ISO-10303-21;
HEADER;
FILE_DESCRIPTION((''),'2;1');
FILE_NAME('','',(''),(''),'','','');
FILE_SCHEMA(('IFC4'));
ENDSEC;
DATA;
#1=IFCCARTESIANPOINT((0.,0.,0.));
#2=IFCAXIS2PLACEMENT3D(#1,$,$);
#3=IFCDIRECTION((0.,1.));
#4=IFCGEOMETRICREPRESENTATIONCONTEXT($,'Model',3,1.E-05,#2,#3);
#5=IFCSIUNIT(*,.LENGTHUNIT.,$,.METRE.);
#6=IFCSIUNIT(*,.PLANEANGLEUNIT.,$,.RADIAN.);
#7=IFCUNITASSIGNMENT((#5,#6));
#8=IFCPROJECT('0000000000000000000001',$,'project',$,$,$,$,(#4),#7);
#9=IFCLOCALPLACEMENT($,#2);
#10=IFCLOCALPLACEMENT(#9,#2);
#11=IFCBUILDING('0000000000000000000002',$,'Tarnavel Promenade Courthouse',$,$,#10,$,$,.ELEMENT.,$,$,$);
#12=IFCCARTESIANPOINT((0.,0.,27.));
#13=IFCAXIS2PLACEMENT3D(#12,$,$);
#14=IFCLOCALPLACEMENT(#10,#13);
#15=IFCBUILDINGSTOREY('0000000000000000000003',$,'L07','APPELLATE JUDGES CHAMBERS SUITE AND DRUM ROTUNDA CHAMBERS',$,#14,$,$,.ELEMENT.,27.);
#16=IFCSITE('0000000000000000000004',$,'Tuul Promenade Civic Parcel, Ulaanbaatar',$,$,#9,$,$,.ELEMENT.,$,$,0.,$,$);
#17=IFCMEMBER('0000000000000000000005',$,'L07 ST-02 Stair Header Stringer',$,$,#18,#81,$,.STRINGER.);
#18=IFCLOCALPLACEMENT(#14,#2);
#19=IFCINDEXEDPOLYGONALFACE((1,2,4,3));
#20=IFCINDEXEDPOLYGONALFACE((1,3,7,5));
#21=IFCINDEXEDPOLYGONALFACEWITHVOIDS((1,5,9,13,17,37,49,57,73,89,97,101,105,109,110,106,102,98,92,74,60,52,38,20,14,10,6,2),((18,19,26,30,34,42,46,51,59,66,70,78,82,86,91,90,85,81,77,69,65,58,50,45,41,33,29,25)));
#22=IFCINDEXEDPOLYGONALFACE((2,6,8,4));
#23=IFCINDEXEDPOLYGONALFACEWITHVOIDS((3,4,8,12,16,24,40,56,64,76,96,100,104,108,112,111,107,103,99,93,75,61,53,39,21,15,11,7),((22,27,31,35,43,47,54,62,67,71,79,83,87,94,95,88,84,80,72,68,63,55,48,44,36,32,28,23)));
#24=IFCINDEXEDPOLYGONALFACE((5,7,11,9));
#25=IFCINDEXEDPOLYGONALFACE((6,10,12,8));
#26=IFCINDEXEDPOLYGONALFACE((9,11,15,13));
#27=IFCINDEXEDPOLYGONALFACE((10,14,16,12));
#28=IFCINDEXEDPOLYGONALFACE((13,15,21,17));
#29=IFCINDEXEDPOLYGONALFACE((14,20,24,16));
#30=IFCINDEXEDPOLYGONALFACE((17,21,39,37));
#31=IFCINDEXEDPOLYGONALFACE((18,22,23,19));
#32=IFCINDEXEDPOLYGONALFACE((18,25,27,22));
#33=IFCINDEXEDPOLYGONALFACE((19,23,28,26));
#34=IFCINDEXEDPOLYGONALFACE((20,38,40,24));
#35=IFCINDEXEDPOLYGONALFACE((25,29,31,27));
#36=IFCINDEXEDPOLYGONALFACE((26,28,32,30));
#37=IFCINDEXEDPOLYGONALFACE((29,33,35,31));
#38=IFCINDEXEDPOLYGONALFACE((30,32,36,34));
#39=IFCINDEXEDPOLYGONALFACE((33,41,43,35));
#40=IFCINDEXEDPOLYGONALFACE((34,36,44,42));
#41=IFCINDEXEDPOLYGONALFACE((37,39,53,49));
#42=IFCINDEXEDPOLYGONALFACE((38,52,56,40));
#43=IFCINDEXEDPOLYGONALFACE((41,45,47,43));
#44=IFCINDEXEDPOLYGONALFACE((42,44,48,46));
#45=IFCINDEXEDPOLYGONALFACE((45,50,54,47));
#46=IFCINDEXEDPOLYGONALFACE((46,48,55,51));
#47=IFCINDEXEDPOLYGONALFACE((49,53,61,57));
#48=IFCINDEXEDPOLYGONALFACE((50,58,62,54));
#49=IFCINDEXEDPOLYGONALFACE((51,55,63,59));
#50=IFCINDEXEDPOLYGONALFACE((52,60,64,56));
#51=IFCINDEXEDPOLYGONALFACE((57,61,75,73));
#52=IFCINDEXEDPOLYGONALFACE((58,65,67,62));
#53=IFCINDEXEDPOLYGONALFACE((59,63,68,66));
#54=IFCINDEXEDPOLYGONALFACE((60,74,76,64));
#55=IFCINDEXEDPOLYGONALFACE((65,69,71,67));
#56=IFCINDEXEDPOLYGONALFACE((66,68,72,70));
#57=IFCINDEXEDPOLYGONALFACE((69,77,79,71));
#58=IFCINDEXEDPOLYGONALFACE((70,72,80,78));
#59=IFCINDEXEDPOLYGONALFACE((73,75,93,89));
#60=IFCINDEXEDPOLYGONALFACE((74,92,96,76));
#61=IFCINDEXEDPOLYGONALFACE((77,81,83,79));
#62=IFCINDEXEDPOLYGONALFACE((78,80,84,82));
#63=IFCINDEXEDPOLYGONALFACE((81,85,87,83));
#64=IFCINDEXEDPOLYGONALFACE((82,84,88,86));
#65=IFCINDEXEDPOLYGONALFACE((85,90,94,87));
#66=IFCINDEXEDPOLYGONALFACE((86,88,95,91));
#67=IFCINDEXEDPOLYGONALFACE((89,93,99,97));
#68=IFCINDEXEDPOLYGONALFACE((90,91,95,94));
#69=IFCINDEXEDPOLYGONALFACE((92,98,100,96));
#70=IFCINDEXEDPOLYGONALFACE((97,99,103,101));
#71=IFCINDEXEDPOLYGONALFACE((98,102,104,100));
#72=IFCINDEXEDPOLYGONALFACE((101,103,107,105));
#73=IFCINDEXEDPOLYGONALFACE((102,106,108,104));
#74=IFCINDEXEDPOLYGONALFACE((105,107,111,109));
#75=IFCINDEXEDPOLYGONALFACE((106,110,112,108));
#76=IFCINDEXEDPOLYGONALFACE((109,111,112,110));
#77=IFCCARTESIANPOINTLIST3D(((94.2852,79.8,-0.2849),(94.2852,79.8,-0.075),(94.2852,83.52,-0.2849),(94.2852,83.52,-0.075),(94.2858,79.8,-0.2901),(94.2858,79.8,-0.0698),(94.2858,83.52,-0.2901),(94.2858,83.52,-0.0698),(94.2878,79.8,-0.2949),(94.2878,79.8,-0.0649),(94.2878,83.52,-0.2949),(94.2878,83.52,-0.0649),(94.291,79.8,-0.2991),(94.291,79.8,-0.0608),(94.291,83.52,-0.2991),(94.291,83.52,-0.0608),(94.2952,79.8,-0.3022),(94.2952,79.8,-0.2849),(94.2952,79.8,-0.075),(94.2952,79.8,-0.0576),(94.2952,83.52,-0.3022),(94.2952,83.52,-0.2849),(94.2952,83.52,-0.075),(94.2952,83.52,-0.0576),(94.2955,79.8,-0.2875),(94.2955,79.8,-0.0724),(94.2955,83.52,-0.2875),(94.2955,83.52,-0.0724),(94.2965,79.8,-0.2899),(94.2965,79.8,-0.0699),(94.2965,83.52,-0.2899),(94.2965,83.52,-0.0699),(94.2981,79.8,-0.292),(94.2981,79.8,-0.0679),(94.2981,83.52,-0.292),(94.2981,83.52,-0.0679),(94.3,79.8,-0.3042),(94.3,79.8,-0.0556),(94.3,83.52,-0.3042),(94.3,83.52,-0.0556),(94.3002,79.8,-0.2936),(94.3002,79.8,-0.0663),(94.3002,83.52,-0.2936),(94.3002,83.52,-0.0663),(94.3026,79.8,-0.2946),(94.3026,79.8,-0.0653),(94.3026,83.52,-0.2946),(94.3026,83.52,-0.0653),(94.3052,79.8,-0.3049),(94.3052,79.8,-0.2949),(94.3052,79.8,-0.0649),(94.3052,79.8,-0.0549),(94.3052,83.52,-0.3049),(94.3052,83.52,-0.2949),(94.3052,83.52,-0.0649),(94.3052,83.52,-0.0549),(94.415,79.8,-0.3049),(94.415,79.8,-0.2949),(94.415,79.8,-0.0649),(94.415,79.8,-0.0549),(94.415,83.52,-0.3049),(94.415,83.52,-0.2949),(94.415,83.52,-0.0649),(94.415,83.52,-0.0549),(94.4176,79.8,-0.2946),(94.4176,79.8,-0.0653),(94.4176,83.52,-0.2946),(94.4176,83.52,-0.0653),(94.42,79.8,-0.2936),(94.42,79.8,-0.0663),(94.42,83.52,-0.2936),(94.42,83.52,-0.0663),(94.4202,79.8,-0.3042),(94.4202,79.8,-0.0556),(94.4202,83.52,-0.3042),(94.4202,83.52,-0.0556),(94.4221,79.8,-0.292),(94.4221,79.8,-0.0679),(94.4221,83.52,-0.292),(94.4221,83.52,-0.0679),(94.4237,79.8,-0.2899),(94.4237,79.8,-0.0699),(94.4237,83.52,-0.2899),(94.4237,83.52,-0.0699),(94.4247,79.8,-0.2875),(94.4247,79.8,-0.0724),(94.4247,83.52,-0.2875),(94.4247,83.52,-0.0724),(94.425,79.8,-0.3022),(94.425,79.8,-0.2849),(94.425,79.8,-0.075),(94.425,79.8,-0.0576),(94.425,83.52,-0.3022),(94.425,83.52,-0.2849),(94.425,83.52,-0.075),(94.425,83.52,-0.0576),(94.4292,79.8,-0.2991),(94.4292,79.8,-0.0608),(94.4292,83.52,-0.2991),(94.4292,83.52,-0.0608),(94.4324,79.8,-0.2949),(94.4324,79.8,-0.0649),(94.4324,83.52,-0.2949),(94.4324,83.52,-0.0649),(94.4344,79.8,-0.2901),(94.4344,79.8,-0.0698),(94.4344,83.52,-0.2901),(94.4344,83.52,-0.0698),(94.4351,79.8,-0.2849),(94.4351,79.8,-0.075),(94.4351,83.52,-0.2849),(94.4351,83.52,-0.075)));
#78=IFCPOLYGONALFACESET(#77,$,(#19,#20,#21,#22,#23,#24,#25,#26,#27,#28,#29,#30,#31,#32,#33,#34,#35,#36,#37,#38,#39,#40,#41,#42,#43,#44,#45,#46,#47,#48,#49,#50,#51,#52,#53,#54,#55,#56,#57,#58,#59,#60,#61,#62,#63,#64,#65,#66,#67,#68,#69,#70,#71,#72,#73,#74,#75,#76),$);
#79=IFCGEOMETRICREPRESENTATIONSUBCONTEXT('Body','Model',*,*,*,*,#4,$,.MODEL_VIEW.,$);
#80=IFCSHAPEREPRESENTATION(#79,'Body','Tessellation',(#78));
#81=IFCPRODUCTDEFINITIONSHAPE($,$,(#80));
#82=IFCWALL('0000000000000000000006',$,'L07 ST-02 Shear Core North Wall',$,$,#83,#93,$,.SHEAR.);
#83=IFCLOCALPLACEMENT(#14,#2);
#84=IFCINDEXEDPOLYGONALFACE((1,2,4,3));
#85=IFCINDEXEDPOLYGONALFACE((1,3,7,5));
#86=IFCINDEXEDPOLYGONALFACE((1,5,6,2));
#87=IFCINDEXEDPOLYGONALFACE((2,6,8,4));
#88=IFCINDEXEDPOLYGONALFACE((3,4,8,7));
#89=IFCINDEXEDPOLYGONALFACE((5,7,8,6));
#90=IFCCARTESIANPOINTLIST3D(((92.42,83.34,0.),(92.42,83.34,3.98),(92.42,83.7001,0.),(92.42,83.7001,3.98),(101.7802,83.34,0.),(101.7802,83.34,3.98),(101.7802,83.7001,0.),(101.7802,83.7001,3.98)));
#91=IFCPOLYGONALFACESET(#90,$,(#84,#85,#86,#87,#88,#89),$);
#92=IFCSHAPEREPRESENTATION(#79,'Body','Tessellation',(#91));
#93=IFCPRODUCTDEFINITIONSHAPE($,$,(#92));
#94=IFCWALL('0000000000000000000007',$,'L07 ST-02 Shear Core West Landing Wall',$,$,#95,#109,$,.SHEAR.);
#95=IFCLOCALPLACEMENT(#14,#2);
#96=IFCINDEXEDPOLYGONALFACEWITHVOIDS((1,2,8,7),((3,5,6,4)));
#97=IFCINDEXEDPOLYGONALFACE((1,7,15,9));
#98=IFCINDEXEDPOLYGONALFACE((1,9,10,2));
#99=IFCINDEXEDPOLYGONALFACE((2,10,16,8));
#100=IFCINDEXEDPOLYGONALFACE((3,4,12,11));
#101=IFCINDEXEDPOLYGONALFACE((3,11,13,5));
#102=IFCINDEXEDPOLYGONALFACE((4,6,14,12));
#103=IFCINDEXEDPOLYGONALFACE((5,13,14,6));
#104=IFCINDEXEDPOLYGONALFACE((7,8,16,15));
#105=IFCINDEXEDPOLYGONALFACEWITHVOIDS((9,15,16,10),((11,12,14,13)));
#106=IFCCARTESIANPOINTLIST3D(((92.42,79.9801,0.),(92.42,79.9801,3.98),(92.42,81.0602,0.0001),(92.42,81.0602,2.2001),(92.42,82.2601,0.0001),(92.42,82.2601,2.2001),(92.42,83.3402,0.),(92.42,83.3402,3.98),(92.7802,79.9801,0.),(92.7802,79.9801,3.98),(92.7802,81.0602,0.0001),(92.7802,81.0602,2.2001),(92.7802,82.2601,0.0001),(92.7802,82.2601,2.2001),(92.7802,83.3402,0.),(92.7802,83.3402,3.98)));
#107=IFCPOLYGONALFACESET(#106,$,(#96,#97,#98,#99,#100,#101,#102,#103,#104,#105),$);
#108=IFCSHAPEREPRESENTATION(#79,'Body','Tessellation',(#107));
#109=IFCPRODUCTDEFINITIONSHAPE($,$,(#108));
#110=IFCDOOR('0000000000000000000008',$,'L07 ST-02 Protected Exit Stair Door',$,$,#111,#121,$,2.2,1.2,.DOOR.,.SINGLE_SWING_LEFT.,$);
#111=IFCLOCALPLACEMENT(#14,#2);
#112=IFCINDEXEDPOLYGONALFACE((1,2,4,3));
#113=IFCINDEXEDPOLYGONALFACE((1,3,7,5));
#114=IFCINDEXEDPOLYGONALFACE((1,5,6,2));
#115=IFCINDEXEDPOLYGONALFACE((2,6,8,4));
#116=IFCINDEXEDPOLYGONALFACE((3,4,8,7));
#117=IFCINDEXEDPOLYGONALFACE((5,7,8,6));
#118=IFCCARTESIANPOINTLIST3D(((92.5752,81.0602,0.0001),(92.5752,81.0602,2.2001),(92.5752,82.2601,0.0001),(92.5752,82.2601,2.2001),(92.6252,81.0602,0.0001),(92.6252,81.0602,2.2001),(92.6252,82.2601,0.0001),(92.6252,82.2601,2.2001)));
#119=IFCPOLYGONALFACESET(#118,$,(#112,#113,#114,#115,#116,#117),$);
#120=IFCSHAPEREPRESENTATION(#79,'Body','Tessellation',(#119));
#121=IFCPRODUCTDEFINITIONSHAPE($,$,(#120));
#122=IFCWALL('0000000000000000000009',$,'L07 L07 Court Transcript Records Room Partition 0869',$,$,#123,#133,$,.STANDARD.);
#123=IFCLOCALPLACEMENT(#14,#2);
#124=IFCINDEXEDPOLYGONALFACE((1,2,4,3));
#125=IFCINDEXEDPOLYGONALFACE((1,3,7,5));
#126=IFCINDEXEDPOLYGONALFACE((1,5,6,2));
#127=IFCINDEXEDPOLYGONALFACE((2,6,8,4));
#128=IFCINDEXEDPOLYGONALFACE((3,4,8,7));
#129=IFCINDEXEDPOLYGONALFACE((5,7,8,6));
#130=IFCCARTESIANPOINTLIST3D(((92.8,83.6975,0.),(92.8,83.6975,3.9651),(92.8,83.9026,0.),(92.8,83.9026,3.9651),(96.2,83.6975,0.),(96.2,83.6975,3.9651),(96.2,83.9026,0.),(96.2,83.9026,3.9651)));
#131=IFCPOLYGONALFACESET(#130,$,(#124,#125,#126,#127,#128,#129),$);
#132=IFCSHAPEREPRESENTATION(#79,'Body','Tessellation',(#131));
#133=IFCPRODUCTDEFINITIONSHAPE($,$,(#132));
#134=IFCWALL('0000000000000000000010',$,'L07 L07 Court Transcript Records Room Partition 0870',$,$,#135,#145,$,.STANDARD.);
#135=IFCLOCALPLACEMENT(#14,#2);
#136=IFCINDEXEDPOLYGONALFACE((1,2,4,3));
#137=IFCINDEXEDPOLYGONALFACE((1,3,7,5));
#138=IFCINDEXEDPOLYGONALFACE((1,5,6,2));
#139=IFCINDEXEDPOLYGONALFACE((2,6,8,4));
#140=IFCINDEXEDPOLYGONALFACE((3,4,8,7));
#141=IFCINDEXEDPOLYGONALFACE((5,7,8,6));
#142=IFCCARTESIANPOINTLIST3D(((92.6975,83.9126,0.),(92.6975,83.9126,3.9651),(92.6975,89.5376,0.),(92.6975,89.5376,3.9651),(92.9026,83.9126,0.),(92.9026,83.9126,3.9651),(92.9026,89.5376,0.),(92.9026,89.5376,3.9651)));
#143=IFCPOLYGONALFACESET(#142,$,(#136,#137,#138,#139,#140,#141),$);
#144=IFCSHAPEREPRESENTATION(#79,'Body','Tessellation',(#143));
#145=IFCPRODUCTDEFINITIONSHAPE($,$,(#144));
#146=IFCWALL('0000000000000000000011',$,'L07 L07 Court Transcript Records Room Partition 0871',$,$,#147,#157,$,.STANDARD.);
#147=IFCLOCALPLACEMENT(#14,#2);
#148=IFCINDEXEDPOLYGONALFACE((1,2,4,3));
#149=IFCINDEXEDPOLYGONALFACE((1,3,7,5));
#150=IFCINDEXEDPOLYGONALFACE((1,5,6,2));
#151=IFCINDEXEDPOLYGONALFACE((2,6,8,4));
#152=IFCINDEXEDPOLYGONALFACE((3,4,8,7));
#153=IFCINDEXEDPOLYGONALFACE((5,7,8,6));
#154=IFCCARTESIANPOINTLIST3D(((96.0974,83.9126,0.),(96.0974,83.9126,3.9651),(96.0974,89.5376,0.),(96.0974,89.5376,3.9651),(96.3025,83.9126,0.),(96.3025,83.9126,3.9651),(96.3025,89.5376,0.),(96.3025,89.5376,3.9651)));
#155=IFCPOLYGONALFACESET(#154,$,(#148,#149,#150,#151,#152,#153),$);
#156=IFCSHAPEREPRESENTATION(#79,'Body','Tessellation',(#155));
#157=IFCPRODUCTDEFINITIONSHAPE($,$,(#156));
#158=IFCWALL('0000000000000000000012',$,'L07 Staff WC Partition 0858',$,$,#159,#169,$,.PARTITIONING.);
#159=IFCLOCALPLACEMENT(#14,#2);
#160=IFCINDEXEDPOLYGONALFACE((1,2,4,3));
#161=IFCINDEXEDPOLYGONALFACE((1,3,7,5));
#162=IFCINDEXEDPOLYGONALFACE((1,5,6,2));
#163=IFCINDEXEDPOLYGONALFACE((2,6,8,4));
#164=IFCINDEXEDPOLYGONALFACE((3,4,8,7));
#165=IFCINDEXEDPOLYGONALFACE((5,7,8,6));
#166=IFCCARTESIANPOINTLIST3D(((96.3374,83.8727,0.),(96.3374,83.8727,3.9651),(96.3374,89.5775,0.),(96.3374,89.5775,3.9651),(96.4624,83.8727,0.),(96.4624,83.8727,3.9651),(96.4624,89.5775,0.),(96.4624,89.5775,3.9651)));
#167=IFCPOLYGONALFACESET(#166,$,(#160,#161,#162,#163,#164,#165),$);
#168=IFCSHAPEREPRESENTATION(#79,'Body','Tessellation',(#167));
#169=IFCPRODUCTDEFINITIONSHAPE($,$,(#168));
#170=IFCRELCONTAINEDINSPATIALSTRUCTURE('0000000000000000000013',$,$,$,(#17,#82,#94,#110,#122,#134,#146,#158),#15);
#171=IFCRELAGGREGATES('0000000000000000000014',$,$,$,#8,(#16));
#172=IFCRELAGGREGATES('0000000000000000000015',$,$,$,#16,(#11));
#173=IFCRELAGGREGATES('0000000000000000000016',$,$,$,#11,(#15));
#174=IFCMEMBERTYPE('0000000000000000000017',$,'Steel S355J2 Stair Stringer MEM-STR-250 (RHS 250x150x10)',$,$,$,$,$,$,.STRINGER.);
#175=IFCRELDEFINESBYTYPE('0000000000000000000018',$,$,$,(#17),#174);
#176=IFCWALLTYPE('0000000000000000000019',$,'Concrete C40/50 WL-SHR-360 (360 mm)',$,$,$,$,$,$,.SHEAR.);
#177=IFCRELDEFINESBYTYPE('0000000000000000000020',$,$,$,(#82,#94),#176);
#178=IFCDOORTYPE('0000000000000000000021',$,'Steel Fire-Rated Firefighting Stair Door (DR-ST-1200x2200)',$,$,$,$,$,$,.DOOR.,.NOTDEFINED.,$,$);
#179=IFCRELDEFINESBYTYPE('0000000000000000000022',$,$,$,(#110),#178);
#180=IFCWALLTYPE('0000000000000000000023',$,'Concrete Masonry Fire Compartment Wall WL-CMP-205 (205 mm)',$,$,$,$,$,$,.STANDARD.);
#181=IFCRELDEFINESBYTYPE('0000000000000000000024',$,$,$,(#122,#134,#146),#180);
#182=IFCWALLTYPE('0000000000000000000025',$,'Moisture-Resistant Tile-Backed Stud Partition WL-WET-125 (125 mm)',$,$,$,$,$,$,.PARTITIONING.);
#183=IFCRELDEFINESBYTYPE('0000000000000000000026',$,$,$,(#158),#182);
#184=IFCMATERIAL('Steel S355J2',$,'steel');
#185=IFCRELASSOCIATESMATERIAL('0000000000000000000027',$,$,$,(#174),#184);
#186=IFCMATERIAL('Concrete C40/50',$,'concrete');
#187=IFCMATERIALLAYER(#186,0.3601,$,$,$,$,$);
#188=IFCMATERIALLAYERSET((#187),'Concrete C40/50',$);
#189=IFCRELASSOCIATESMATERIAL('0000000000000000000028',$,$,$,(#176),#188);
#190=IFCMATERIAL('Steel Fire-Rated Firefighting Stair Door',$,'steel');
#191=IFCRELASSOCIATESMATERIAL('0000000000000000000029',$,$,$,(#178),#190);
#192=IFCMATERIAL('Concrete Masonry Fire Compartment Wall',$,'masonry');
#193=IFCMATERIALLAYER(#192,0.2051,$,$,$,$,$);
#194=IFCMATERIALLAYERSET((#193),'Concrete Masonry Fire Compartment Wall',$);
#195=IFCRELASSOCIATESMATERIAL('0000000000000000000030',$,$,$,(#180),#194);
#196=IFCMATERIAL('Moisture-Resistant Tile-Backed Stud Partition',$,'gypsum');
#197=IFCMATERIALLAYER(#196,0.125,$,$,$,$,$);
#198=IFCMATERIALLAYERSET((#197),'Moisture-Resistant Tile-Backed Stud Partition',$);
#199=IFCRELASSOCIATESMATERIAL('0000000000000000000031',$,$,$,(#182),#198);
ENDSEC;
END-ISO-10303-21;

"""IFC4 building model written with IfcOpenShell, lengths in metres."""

from ifc_helpers import new_model, si_unit, direction, frame, frame_2d, origin, origin_2d, place, context, subcontext, project, spatial, rectangle, hollow_rectangle, extrude, material, layer, layer_set, material_profile, profile_set, type_object, element, fill, save


model = new_model("IFC4")

# Units and contexts
model_context = context("Model", 3, precision=1e-05, world=origin(), true_north=direction((0.0, 1.0)))
body_context = subcontext(model_context, "Body", "Model", "MODEL_VIEW")
ifc_project = project(units=[si_unit("LENGTHUNIT", "METRE"), si_unit("PLANEANGLEUNIT", "RADIAN")], contexts=[model_context])

# Site, building, storey
site_placement = place(None, origin())
site = spatial("IfcSite", under=ifc_project, at=site_placement, Name="Tuul Promenade Civic Parcel, Ulaanbaatar", CompositionType="ELEMENT", RefElevation=0.0)
building_placement = place(site_placement, origin())
building = spatial("IfcBuilding", under=site, at=building_placement, Name="Tarnavel Promenade Courthouse", CompositionType="ELEMENT")
storey_placement = place(building_placement, frame((0.0, 0.0, 27.0)))
storey = spatial("IfcBuildingStorey", under=building, at=storey_placement, Name="L07", Description="APPELLATE JUDGES CHAMBERS SUITE AND DRUM ROTUNDA CHAMBERS", CompositionType="ELEMENT", Elevation=27.0)

# Shared definitions
ifc_material_1 = material(Name="Concrete C40/50", Category="concrete")

# Member
ifc_material_2 = material(Name="Steel S355J2", Category="steel")
ifc_material_profile_1 = material_profile(ifc_material_2, hollow_rectangle(XDim=0.1499, YDim=0.25, WallThickness=0.01, InnerFilletRadius=0.01, OuterFilletRadius=0.02, at=origin_2d()), Name="RHS 250x150x10")
ifc_profile_set_1 = profile_set([ifc_material_profile_1], Name="Steel S355J2")
member_type_1 = type_object("IfcMemberType", Name="Steel S355J2 Stair Stringer MEM-STR-250 (RHS 250x150x10)", PredefinedType="STRINGER", material=ifc_profile_set_1)
member_1_placement = place(storey_placement, frame((94.3601, 79.8, -0.1799), z_axis=(0.0, 1.0, 0.0), x_axis=(-1.0, 0.0, 0.0)))
element("IfcMember", 1, at=member_1_placement, inside=storey, type_object=member_type_1, Name="L07 ST-02 Stair Header Stringer", PredefinedType="STRINGER", context=body_context, shape_type="SweptSolid", body=[
    extrude(hollow_rectangle(XDim=0.1499, YDim=0.25, WallThickness=0.01, InnerFilletRadius=0.01, OuterFilletRadius=0.02, at=origin_2d()), origin(), (0.0, 0.0, 1.0), 3.72),
])

# Wall
ifc_layer_1 = layer(ifc_material_1, 0.3601)
ifc_layer_set_1 = layer_set([ifc_layer_1], Name="Concrete C40/50")
wall_type_1 = type_object("IfcWallType", Name="Concrete C40/50 WL-SHR-360 (360 mm)", PredefinedType="SHEAR", material=ifc_layer_set_1)
wall_1_placement = place(storey_placement, frame((92.4199, 83.52, 0.0), z_axis=(0.0, 0.0, 1.0), x_axis=(1.0, 0.0, 0.0)))
element("IfcWall", 2, at=wall_1_placement, inside=storey, type_object=wall_type_1, Name="L07 ST-02 Shear Core North Wall", PredefinedType="SHEAR", context=body_context, shape_type="SweptSolid", body=[
    extrude(rectangle(XDim=9.3601, YDim=0.3601, at=frame_2d((4.6802, 0.0))), origin(), (0.0, 0.0, 1.0), 3.98),
])

# Wall, opening, door
wall_2_placement = place(storey_placement, frame((92.6001, 79.98, 0.0), z_axis=(0.0, 0.0, 1.0), x_axis=(0.0, 1.0, 0.0)))
wall_2 = element("IfcWall", 3, at=wall_2_placement, inside=storey, type_object=wall_type_1, Name="L07 ST-02 Shear Core West Landing Wall", PredefinedType="SHEAR", context=body_context, shape_type="SweptSolid", body=[
    extrude(rectangle(XDim=3.3601, YDim=0.3601, at=frame_2d((1.6802, 0.0))), origin(), (0.0, 0.0, 1.0), 3.98),
])
opening_placement = place(wall_2_placement, frame((1.0801, 0.0, 0.0)))
opening = element("IfcOpeningElement", 4, at=opening_placement, cuts=wall_2, PredefinedType="OPENING", context=body_context, shape_type="SweptSolid", body=[
    extrude(rectangle(XDim=1.2, YDim=2.2, at=frame_2d((0.6001, 1.1001))), frame((0.0, 0.1899, 0.0), z_axis=(0.0, -1.0, 0.0), x_axis=(1.0, 0.0, 0.0)), (0.0, 0.0, 1.0), 0.3801),
])
ifc_material_3 = material(Name="Steel Fire-Rated Firefighting Stair Door", Category="steel")
door_type = type_object("IfcDoorType", Name="Steel Fire-Rated Firefighting Stair Door (DR-ST-1200x2200)", OperationType="NOTDEFINED", PredefinedType="DOOR", material=ifc_material_3)
door_placement = place(opening_placement, origin())
door = element("IfcDoor", 5, at=door_placement, inside=storey, type_object=door_type, Name="L07 ST-02 Protected Exit Stair Door", OperationType="SINGLE_SWING_LEFT", OverallHeight=2.2, OverallWidth=1.2, PredefinedType="DOOR", context=body_context, shape_type="SweptSolid", body=[
    extrude(rectangle(XDim=1.2, YDim=2.2, at=frame_2d((0.6001, 1.1001))), frame((0.0, 0.0249, 0.0), z_axis=(0.0, -1.0, 0.0), x_axis=(1.0, 0.0, 0.0)), (0.0, 0.0, 1.0), 0.05),
])
fill(opening, door)

# Walls
ifc_material_4 = material(Name="Concrete Masonry Fire Compartment Wall", Category="masonry")
ifc_layer_2 = layer(ifc_material_4, 0.2051)
ifc_layer_set_2 = layer_set([ifc_layer_2], Name="Concrete Masonry Fire Compartment Wall")
wall_type_2 = type_object("IfcWallType", Name="Concrete Masonry Fire Compartment Wall WL-CMP-205 (205 mm)", PredefinedType="STANDARD", material=ifc_layer_set_2)
wall_3_placement = place(storey_placement, frame((96.2, 83.8, 0.0), z_axis=(0.0, 0.0, 1.0), x_axis=(-1.0, 0.0, 0.0)))
element("IfcWall", 6, at=wall_3_placement, inside=storey, type_object=wall_type_2, Name="L07 L07 Court Transcript Records Room Partition 0869", PredefinedType="STANDARD", context=body_context, shape_type="SweptSolid", body=[
    extrude(rectangle(XDim=3.3999, YDim=0.2051, at=frame_2d((1.7, 0.0))), origin(), (0.0, 0.0, 1.0), 3.9651),
])
for number, where, z_axis, x_axis, name in (
    (7, (92.8, 83.9126, 0.0), (0.0, 0.0, 1.0), (0.0, 1.0, 0.0), "L07 L07 Court Transcript Records Room Partition 0870"),
    (8, (96.2, 89.5376, 0.0), (0.0, 0.0, 1.0), (0.0, -1.0, 0.0), "L07 L07 Court Transcript Records Room Partition 0871"),
):
    element("IfcWall", number, at=place(storey_placement, frame(where, z_axis=z_axis, x_axis=x_axis)), inside=storey, type_object=wall_type_2, Name=name, PredefinedType="STANDARD", context=body_context, shape_type="SweptSolid", body=[
        extrude(rectangle(XDim=5.625, YDim=0.2051, at=frame_2d((2.8125, 0.0))), origin(), (0.0, 0.0, 1.0), 3.9651),
    ])
ifc_material_5 = material(Name="Moisture-Resistant Tile-Backed Stud Partition", Category="gypsum")
ifc_layer_3 = layer(ifc_material_5, 0.125)
ifc_layer_set_3 = layer_set([ifc_layer_3], Name="Moisture-Resistant Tile-Backed Stud Partition")
wall_type_3 = type_object("IfcWallType", Name="Moisture-Resistant Tile-Backed Stud Partition WL-WET-125 (125 mm)", PredefinedType="PARTITIONING", material=ifc_layer_set_3)
wall_4_placement = place(storey_placement, frame((96.3999, 83.8726, 0.0), z_axis=(0.0, 0.0, 1.0), x_axis=(0.0, 1.0, 0.0)))
element("IfcWall", 9, at=wall_4_placement, inside=storey, type_object=wall_type_3, Name="L07 Staff WC Partition 0858", PredefinedType="PARTITIONING", context=body_context, shape_type="SweptSolid", body=[
    extrude(rectangle(XDim=5.7048, YDim=0.125, at=frame_2d((2.8525, 0.0))), origin(), (0.0, 0.0, 1.0), 3.9651),
])

save(model, "model.ifc")
